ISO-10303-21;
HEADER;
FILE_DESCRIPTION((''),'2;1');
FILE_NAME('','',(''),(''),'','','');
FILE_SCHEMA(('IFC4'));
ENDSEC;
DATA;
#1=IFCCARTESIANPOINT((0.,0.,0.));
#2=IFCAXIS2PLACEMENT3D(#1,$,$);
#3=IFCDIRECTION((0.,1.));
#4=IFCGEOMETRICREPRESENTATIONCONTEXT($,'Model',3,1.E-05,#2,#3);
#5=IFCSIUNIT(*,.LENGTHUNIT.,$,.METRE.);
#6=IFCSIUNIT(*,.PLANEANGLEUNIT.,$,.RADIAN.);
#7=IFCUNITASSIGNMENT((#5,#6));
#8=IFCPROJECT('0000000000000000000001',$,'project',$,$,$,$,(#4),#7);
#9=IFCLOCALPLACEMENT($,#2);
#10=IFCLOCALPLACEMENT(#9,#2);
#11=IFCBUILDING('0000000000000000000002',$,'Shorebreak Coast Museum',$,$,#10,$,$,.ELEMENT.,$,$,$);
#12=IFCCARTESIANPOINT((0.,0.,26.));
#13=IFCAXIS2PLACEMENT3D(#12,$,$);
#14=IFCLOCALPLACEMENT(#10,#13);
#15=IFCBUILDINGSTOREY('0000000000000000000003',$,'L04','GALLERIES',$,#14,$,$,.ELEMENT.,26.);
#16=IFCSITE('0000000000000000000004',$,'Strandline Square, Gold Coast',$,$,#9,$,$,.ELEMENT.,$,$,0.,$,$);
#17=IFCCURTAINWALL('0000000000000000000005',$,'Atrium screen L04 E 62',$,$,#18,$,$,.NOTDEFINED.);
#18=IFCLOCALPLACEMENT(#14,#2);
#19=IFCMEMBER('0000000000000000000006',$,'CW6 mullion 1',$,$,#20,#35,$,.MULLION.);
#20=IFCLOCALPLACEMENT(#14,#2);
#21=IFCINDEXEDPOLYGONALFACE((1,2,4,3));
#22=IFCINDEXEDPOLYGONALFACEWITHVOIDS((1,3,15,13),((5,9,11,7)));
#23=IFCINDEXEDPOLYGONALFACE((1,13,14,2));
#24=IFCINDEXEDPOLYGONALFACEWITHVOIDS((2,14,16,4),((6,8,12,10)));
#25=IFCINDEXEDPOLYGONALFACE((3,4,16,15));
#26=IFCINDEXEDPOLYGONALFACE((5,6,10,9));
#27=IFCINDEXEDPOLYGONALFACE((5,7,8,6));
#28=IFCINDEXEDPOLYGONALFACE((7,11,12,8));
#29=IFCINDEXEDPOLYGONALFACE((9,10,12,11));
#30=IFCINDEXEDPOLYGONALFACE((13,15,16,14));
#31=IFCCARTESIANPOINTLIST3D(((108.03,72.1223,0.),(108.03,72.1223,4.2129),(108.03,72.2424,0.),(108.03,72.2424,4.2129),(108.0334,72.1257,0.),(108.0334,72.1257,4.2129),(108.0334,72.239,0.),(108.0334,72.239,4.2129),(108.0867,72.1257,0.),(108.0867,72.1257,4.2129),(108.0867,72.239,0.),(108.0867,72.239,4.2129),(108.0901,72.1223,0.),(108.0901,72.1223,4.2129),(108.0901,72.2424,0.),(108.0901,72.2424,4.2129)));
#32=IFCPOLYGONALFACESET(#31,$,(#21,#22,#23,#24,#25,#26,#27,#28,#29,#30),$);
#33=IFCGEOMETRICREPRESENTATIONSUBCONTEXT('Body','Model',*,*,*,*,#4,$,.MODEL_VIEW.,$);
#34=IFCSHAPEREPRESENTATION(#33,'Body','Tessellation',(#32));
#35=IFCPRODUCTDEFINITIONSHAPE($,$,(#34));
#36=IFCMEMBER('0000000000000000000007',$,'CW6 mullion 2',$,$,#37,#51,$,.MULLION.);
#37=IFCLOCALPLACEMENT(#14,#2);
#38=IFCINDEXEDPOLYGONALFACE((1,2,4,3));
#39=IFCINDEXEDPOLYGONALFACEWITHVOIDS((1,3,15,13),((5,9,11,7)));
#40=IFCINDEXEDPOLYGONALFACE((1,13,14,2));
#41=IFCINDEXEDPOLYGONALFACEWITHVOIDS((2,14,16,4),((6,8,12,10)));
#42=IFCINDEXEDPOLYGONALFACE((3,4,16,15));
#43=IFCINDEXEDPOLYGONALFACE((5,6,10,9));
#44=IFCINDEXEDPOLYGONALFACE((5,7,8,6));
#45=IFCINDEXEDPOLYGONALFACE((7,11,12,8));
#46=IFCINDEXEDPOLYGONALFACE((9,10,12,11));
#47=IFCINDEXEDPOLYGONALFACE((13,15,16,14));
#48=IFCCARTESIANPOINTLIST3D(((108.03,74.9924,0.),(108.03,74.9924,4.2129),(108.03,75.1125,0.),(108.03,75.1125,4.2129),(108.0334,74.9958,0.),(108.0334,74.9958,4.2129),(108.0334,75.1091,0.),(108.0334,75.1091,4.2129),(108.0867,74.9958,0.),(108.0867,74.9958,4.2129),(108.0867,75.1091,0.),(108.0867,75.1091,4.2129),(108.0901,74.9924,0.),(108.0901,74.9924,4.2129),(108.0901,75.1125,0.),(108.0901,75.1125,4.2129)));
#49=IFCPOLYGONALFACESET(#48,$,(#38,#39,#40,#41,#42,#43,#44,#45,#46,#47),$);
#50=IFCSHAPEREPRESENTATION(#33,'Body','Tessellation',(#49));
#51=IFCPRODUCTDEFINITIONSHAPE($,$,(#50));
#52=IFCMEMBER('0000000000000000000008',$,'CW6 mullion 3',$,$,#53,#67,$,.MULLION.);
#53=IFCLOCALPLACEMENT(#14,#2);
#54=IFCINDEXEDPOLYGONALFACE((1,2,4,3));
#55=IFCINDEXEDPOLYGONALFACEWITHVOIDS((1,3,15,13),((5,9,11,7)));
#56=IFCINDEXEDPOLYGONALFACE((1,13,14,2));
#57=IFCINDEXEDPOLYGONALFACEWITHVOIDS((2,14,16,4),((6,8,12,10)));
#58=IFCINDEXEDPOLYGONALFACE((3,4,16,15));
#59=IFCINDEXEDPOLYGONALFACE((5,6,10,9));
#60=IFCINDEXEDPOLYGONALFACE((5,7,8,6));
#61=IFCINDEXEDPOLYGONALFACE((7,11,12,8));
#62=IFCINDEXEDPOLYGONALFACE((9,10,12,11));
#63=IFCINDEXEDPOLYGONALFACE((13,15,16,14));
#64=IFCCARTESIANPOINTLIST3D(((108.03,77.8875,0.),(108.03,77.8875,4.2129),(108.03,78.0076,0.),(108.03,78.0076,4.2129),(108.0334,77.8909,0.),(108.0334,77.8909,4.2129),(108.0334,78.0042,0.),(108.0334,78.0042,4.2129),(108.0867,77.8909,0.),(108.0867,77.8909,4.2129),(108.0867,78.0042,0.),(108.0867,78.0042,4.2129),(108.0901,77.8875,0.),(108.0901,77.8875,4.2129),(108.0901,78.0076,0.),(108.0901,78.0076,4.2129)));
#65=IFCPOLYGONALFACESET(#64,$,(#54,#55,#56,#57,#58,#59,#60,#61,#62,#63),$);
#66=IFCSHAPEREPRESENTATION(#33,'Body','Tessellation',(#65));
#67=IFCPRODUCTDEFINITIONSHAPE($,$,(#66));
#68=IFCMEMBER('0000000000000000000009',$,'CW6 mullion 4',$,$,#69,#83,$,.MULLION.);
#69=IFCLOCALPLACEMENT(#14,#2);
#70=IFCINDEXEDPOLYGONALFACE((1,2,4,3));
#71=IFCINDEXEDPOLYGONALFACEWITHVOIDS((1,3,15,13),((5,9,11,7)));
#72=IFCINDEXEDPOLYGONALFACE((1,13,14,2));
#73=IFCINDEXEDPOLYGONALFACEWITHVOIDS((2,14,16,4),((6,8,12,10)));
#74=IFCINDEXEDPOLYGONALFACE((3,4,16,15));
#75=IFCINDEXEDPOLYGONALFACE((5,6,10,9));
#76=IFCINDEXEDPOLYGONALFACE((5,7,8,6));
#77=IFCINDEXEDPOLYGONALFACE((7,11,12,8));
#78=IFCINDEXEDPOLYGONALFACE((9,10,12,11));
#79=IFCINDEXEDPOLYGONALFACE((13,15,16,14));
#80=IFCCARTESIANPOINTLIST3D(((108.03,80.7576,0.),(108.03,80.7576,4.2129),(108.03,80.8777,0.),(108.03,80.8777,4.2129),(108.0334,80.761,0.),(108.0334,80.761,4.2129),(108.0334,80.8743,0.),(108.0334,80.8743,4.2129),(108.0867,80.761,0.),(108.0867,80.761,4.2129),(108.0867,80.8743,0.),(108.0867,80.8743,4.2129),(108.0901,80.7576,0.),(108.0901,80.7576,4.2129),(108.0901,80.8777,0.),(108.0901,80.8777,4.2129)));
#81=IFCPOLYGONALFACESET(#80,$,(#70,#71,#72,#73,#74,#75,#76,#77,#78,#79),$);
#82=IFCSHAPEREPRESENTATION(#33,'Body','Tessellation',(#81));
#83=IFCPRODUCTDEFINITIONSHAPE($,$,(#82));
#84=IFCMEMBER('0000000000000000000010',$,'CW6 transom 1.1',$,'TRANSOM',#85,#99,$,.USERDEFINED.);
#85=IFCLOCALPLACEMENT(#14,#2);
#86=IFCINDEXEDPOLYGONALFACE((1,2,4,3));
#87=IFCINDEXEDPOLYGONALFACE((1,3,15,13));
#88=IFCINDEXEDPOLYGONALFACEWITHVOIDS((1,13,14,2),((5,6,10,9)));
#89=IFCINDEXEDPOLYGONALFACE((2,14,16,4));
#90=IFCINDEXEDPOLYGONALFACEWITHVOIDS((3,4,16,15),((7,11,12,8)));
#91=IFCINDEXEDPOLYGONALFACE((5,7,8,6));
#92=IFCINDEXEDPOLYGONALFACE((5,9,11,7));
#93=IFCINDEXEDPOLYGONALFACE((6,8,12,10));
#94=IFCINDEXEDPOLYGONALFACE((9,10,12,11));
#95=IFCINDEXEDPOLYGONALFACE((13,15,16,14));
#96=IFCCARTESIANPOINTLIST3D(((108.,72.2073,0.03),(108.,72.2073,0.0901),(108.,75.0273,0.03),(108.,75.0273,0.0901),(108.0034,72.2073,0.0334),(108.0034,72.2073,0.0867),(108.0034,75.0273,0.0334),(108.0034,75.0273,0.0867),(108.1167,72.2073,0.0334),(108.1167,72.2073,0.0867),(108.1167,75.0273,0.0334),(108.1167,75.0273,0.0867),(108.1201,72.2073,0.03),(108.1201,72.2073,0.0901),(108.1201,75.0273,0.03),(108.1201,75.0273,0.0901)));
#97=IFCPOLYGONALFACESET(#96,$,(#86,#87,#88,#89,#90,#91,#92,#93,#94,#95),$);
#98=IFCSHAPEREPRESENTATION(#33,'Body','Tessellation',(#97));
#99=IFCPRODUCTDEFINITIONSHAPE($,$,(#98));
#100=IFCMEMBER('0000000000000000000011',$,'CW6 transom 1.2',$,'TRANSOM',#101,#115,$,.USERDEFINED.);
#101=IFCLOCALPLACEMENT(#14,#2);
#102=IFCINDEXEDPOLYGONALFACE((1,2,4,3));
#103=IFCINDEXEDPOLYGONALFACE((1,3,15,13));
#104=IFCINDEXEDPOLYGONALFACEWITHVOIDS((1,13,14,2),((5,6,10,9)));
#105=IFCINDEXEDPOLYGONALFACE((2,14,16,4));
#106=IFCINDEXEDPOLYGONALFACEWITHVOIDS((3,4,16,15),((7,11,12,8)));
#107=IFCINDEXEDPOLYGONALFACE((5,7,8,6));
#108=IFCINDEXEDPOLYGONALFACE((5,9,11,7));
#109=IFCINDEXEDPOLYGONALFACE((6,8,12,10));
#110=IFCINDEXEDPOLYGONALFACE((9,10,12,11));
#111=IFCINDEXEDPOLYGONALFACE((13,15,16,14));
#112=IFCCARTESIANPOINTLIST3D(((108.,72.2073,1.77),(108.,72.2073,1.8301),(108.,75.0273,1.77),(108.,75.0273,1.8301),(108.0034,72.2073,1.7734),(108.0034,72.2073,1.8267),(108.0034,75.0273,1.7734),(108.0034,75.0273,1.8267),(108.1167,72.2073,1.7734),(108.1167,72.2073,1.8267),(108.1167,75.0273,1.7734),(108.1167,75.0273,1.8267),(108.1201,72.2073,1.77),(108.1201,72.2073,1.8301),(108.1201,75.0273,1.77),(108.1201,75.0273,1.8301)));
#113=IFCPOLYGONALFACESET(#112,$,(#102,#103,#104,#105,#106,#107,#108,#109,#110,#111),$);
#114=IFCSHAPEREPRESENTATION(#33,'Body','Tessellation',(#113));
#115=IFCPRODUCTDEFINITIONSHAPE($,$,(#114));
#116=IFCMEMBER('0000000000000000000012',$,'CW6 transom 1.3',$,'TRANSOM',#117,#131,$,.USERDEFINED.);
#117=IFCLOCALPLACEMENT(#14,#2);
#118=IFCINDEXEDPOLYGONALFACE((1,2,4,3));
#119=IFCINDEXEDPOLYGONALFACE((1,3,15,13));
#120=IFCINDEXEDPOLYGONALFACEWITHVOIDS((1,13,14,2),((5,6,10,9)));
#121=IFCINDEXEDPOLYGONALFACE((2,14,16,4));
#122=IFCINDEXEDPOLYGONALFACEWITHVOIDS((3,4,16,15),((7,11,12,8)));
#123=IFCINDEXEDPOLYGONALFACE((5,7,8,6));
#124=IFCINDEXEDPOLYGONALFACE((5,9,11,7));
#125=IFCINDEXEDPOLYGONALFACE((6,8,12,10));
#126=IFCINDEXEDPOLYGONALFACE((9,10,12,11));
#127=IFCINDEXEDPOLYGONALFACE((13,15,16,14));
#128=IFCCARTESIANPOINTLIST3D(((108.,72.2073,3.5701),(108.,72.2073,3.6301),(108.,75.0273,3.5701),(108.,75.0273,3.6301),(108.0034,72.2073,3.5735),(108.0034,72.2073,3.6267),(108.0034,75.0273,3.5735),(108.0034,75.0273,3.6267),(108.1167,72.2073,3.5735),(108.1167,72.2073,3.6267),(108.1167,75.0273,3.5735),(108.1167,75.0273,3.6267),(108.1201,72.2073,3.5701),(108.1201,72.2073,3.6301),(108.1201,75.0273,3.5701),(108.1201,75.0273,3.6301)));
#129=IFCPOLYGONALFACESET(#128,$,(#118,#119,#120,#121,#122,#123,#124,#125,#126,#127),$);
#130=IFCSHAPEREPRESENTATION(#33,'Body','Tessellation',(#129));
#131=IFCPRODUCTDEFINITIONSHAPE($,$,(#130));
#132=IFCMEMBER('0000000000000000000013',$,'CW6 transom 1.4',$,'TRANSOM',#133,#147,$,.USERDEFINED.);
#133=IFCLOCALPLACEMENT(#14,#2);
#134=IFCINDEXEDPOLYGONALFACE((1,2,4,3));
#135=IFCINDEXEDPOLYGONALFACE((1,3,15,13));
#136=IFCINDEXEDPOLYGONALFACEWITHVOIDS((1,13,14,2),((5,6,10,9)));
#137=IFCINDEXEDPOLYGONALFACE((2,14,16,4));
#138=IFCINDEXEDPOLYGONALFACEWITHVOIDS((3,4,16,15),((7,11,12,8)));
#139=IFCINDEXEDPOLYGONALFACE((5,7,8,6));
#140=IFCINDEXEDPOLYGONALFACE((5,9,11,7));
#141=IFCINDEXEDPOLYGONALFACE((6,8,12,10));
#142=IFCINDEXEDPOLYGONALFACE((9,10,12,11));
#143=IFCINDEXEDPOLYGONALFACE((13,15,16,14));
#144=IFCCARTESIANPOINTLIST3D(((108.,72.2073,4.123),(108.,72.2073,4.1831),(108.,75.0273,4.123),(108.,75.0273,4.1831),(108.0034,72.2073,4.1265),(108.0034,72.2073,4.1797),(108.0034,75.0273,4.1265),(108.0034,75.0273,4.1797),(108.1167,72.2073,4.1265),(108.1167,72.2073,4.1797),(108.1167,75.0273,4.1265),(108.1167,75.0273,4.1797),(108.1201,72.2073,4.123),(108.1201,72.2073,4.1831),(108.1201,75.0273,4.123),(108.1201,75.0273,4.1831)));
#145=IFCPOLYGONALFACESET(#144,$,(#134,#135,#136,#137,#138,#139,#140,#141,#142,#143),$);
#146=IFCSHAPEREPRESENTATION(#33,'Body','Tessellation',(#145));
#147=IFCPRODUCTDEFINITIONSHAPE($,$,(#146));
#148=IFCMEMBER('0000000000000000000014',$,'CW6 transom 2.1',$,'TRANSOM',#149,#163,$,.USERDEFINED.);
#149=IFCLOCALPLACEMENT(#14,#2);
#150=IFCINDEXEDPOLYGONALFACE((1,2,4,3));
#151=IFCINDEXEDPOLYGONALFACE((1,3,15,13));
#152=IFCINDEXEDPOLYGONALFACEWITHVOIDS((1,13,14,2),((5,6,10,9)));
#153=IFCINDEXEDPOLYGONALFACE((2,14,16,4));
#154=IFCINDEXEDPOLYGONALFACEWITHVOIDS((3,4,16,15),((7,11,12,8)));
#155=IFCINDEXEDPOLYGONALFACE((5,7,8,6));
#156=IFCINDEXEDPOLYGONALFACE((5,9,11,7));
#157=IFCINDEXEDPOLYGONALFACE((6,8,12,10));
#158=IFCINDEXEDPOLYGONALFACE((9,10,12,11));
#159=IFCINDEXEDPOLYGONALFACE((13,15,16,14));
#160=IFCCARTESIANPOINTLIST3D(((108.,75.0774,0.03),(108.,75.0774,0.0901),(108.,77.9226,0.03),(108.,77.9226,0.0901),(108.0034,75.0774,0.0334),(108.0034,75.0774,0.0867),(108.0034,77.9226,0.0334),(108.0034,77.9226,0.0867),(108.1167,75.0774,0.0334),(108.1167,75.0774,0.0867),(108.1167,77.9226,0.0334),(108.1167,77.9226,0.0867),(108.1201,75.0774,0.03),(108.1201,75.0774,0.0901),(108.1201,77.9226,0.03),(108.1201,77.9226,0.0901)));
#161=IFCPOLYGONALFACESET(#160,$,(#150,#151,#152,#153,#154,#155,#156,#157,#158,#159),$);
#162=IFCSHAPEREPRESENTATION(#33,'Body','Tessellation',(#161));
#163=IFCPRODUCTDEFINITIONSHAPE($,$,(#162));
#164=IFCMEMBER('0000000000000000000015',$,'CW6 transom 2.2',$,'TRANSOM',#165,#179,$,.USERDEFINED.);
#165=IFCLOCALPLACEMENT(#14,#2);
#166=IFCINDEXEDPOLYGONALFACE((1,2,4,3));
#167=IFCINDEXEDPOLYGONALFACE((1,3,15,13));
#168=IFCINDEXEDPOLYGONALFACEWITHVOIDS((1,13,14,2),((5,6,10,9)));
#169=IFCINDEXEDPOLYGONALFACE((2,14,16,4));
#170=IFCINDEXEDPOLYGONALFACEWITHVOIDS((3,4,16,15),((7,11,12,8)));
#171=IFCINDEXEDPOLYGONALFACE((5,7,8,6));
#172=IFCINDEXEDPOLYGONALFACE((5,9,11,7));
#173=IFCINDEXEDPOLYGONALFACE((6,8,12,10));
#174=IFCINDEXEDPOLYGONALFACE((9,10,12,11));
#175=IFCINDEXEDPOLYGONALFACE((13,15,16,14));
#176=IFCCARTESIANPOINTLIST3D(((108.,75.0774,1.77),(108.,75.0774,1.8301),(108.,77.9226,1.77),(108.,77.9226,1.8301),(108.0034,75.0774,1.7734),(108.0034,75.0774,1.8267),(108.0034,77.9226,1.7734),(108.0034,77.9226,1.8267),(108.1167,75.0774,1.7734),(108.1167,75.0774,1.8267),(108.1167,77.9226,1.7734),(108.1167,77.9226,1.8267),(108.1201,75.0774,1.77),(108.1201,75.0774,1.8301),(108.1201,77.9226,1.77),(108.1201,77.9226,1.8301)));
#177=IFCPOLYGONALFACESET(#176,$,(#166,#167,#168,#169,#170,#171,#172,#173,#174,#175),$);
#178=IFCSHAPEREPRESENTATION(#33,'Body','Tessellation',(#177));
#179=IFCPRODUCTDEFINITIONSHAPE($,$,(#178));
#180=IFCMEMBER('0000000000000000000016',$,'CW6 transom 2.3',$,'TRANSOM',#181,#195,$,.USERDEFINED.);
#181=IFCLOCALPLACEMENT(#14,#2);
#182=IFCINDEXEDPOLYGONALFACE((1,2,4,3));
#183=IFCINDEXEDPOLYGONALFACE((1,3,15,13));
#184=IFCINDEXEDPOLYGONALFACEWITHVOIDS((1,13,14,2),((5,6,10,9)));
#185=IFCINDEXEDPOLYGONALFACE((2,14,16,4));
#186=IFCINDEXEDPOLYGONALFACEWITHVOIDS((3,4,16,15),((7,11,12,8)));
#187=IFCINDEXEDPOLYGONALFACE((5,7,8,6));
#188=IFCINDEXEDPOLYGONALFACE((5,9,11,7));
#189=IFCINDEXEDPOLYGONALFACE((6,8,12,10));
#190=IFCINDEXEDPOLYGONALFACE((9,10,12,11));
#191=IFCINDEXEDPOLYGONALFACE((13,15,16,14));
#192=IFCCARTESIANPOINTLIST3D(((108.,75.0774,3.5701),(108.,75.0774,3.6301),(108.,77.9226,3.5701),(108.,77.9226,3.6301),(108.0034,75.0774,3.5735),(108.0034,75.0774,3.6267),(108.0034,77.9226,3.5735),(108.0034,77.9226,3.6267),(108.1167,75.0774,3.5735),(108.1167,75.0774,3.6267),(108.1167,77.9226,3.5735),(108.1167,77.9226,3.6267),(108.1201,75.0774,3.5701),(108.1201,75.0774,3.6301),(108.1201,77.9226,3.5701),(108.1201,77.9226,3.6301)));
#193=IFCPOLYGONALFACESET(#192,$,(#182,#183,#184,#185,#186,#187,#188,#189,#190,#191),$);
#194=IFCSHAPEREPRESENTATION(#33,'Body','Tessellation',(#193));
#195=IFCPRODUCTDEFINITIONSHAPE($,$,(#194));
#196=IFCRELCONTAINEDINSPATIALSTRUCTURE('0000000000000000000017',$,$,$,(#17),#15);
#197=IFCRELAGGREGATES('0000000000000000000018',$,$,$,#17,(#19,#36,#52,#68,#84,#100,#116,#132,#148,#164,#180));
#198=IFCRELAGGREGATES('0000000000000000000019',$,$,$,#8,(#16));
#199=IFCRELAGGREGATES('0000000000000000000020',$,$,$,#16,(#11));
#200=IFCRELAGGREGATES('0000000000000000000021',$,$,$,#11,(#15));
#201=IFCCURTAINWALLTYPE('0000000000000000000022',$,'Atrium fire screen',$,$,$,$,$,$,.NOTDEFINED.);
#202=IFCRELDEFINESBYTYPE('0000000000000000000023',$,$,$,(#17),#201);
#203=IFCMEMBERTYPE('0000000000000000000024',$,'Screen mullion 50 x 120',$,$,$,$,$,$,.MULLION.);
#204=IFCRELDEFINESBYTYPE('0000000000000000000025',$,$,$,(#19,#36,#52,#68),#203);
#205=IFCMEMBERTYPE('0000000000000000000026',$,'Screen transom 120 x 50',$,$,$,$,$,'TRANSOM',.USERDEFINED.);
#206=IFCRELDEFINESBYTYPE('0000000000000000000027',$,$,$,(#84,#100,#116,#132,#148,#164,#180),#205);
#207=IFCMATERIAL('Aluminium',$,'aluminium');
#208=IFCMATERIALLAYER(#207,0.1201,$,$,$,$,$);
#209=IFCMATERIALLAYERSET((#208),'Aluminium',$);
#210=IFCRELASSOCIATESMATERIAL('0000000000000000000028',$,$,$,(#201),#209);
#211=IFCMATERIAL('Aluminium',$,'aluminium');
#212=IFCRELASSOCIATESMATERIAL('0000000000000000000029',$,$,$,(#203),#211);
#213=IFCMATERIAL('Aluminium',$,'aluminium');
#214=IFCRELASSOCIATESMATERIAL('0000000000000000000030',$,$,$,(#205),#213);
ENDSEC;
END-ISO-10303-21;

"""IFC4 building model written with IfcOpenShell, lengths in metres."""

from ifc_helpers import new_model, si_unit, direction, frame, origin, origin_2d, place, context, subcontext, project, spatial, hollow_rectangle, extrude, material, layer, layer_set, material_profile, profile_set, type_object, element, aggregate, save


model = new_model("IFC4")

# Units and contexts
model_context = context("Model", 3, precision=1e-05, world=origin(), true_north=direction((0.0, 1.0)))
body_context = subcontext(model_context, "Body", "Model", "MODEL_VIEW")
ifc_project = project(units=[si_unit("LENGTHUNIT", "METRE"), si_unit("PLANEANGLEUNIT", "RADIAN")], contexts=[model_context])

# Site, building, storey
site_placement = place(None, origin())
site = spatial("IfcSite", under=ifc_project, at=site_placement, Name="Strandline Square, Gold Coast", CompositionType="ELEMENT", RefElevation=0.0)
building_placement = place(site_placement, origin())
building = spatial("IfcBuilding", under=site, at=building_placement, Name="Shorebreak Coast Museum", CompositionType="ELEMENT")
storey_placement = place(building_placement, frame((0.0, 0.0, 26.0)))
storey = spatial("IfcBuildingStorey", under=building, at=storey_placement, Name="L04", Description="GALLERIES", CompositionType="ELEMENT", Elevation=26.0)

# Curtain wall, members
ifc_material_1 = material(Name="Aluminium", Category="aluminium")
ifc_layer_1 = layer(ifc_material_1, 0.1201)
ifc_layer_set_1 = layer_set([ifc_layer_1], Name="Aluminium")
curtain_wall_type = type_object("IfcCurtainWallType", Name="Atrium fire screen", PredefinedType="NOTDEFINED", material=ifc_layer_set_1)
curtain_wall_placement = place(storey_placement, origin())
curtain_wall = element("IfcCurtainWall", 1, at=curtain_wall_placement, inside=storey, type_object=curtain_wall_type, Name="Atrium screen L04 E 62", PredefinedType="NOTDEFINED")
ifc_material_2 = material(Name="Aluminium", Category="aluminium")
ifc_material_profile_1 = material_profile(ifc_material_2, hollow_rectangle(XDim=0.0601, YDim=0.1201, WallThickness=0.0034, at=origin_2d()), Name="AL 120x60 RHS")
ifc_profile_set_1 = profile_set([ifc_material_profile_1], Name="Aluminium")
member_type_1 = type_object("IfcMemberType", Name="Screen mullion 50 x 120", PredefinedType="MULLION", material=ifc_profile_set_1)
member_1_placement = place(storey_placement, frame((108.0601, 72.1824, 0.0), z_axis=(0.0, 0.0, 1.0), x_axis=(-1.0, 0.0, 0.0)))
member_1 = element("IfcMember", 2, at=member_1_placement, type_object=member_type_1, Name="CW6 mullion 1", PredefinedType="MULLION", context=body_context, shape_type="SweptSolid", body=[
    extrude(hollow_rectangle(XDim=0.0601, YDim=0.1201, WallThickness=0.0034, at=origin_2d()), origin(), (0.0, 0.0, 1.0), 4.2129),
])
member_2_placement = place(storey_placement, frame((108.0601, 75.0525, 0.0), z_axis=(0.0, 0.0, 1.0), x_axis=(-1.0, 0.0, 0.0)))
member_2 = element("IfcMember", 3, at=member_2_placement, type_object=member_type_1, Name="CW6 mullion 2", PredefinedType="MULLION", context=body_context, shape_type="SweptSolid", body=[
    extrude(hollow_rectangle(XDim=0.0601, YDim=0.1201, WallThickness=0.0034, at=origin_2d()), origin(), (0.0, 0.0, 1.0), 4.2129),
])
member_3_placement = place(storey_placement, frame((108.0601, 77.9475, 0.0), z_axis=(0.0, 0.0, 1.0), x_axis=(-1.0, 0.0, 0.0)))
member_3 = element("IfcMember", 4, at=member_3_placement, type_object=member_type_1, Name="CW6 mullion 3", PredefinedType="MULLION", context=body_context, shape_type="SweptSolid", body=[
    extrude(hollow_rectangle(XDim=0.0601, YDim=0.1201, WallThickness=0.0034, at=origin_2d()), origin(), (0.0, 0.0, 1.0), 4.2129),
])
member_4_placement = place(storey_placement, frame((108.0601, 80.8176, 0.0), z_axis=(0.0, 0.0, 1.0), x_axis=(-1.0, 0.0, 0.0)))
member_4 = element("IfcMember", 5, at=member_4_placement, type_object=member_type_1, Name="CW6 mullion 4", PredefinedType="MULLION", context=body_context, shape_type="SweptSolid", body=[
    extrude(hollow_rectangle(XDim=0.0601, YDim=0.1201, WallThickness=0.0034, at=origin_2d()), origin(), (0.0, 0.0, 1.0), 4.2129),
])
ifc_material_3 = material(Name="Aluminium", Category="aluminium")
ifc_material_profile_2 = material_profile(ifc_material_3, hollow_rectangle(XDim=0.1201, YDim=0.0601, WallThickness=0.0034, at=origin_2d()), Name="AL 60x120 RHS")
ifc_profile_set_2 = profile_set([ifc_material_profile_2], Name="Aluminium")
member_type_2 = type_object("IfcMemberType", Name="Screen transom 120 x 50", ElementType="TRANSOM", PredefinedType="USERDEFINED", material=ifc_profile_set_2)
member_5_placement = place(storey_placement, frame((108.0601, 72.2073, 0.0601), z_axis=(0.0, 1.0, 0.0), x_axis=(-1.0, 0.0, 0.0)))
member_5 = element("IfcMember", 6, at=member_5_placement, type_object=member_type_2, Name="CW6 transom 1.1", ObjectType="TRANSOM", PredefinedType="USERDEFINED", context=body_context, shape_type="SweptSolid", body=[
    extrude(hollow_rectangle(XDim=0.1201, YDim=0.0601, WallThickness=0.0034, at=origin_2d()), origin(), (0.0, 0.0, 1.0), 2.8201),
])
member_6_placement = place(storey_placement, frame((108.0601, 72.2073, 1.8), z_axis=(0.0, 1.0, 0.0), x_axis=(-1.0, 0.0, 0.0)))
member_6 = element("IfcMember", 7, at=member_6_placement, type_object=member_type_2, Name="CW6 transom 1.2", ObjectType="TRANSOM", PredefinedType="USERDEFINED", context=body_context, shape_type="SweptSolid", body=[
    extrude(hollow_rectangle(XDim=0.1201, YDim=0.0601, WallThickness=0.0034, at=origin_2d()), origin(), (0.0, 0.0, 1.0), 2.8201),
])
member_7_placement = place(storey_placement, frame((108.0601, 72.2073, 3.6001), z_axis=(0.0, 1.0, 0.0), x_axis=(-1.0, 0.0, 0.0)))
member_7 = element("IfcMember", 8, at=member_7_placement, type_object=member_type_2, Name="CW6 transom 1.3", ObjectType="TRANSOM", PredefinedType="USERDEFINED", context=body_context, shape_type="SweptSolid", body=[
    extrude(hollow_rectangle(XDim=0.1201, YDim=0.0601, WallThickness=0.0034, at=origin_2d()), origin(), (0.0, 0.0, 1.0), 2.8201),
])
member_8_placement = place(storey_placement, frame((108.0601, 72.2073, 4.1531), z_axis=(0.0, 1.0, 0.0), x_axis=(-1.0, 0.0, 0.0)))
member_8 = element("IfcMember", 9, at=member_8_placement, type_object=member_type_2, Name="CW6 transom 1.4", ObjectType="TRANSOM", PredefinedType="USERDEFINED", context=body_context, shape_type="SweptSolid", body=[
    extrude(hollow_rectangle(XDim=0.1201, YDim=0.0601, WallThickness=0.0034, at=origin_2d()), origin(), (0.0, 0.0, 1.0), 2.8201),
])
member_9_placement = place(storey_placement, frame((108.0601, 75.0774, 0.0601), z_axis=(0.0, 1.0, 0.0), x_axis=(-1.0, 0.0, 0.0)))
member_9 = element("IfcMember", 10, at=member_9_placement, type_object=member_type_2, Name="CW6 transom 2.1", ObjectType="TRANSOM", PredefinedType="USERDEFINED", context=body_context, shape_type="SweptSolid", body=[
    extrude(hollow_rectangle(XDim=0.1201, YDim=0.0601, WallThickness=0.0034, at=origin_2d()), origin(), (0.0, 0.0, 1.0), 2.8452),
])
member_10_placement = place(storey_placement, frame((108.0601, 75.0774, 1.8), z_axis=(0.0, 1.0, 0.0), x_axis=(-1.0, 0.0, 0.0)))
member_10 = element("IfcMember", 11, at=member_10_placement, type_object=member_type_2, Name="CW6 transom 2.2", ObjectType="TRANSOM", PredefinedType="USERDEFINED", context=body_context, shape_type="SweptSolid", body=[
    extrude(hollow_rectangle(XDim=0.1201, YDim=0.0601, WallThickness=0.0034, at=origin_2d()), origin(), (0.0, 0.0, 1.0), 2.8452),
])
member_11_placement = place(storey_placement, frame((108.0601, 75.0774, 3.6001), z_axis=(0.0, 1.0, 0.0), x_axis=(-1.0, 0.0, 0.0)))
member_11 = element("IfcMember", 12, at=member_11_placement, type_object=member_type_2, Name="CW6 transom 2.3", ObjectType="TRANSOM", PredefinedType="USERDEFINED", context=body_context, shape_type="SweptSolid", body=[
    extrude(hollow_rectangle(XDim=0.1201, YDim=0.0601, WallThickness=0.0034, at=origin_2d()), origin(), (0.0, 0.0, 1.0), 2.8452),
])
aggregate(curtain_wall, [member_1, member_2, member_3, member_4, member_5, member_6, member_7, member_8, member_9, member_10, member_11])

save(model, "model.ifc")
